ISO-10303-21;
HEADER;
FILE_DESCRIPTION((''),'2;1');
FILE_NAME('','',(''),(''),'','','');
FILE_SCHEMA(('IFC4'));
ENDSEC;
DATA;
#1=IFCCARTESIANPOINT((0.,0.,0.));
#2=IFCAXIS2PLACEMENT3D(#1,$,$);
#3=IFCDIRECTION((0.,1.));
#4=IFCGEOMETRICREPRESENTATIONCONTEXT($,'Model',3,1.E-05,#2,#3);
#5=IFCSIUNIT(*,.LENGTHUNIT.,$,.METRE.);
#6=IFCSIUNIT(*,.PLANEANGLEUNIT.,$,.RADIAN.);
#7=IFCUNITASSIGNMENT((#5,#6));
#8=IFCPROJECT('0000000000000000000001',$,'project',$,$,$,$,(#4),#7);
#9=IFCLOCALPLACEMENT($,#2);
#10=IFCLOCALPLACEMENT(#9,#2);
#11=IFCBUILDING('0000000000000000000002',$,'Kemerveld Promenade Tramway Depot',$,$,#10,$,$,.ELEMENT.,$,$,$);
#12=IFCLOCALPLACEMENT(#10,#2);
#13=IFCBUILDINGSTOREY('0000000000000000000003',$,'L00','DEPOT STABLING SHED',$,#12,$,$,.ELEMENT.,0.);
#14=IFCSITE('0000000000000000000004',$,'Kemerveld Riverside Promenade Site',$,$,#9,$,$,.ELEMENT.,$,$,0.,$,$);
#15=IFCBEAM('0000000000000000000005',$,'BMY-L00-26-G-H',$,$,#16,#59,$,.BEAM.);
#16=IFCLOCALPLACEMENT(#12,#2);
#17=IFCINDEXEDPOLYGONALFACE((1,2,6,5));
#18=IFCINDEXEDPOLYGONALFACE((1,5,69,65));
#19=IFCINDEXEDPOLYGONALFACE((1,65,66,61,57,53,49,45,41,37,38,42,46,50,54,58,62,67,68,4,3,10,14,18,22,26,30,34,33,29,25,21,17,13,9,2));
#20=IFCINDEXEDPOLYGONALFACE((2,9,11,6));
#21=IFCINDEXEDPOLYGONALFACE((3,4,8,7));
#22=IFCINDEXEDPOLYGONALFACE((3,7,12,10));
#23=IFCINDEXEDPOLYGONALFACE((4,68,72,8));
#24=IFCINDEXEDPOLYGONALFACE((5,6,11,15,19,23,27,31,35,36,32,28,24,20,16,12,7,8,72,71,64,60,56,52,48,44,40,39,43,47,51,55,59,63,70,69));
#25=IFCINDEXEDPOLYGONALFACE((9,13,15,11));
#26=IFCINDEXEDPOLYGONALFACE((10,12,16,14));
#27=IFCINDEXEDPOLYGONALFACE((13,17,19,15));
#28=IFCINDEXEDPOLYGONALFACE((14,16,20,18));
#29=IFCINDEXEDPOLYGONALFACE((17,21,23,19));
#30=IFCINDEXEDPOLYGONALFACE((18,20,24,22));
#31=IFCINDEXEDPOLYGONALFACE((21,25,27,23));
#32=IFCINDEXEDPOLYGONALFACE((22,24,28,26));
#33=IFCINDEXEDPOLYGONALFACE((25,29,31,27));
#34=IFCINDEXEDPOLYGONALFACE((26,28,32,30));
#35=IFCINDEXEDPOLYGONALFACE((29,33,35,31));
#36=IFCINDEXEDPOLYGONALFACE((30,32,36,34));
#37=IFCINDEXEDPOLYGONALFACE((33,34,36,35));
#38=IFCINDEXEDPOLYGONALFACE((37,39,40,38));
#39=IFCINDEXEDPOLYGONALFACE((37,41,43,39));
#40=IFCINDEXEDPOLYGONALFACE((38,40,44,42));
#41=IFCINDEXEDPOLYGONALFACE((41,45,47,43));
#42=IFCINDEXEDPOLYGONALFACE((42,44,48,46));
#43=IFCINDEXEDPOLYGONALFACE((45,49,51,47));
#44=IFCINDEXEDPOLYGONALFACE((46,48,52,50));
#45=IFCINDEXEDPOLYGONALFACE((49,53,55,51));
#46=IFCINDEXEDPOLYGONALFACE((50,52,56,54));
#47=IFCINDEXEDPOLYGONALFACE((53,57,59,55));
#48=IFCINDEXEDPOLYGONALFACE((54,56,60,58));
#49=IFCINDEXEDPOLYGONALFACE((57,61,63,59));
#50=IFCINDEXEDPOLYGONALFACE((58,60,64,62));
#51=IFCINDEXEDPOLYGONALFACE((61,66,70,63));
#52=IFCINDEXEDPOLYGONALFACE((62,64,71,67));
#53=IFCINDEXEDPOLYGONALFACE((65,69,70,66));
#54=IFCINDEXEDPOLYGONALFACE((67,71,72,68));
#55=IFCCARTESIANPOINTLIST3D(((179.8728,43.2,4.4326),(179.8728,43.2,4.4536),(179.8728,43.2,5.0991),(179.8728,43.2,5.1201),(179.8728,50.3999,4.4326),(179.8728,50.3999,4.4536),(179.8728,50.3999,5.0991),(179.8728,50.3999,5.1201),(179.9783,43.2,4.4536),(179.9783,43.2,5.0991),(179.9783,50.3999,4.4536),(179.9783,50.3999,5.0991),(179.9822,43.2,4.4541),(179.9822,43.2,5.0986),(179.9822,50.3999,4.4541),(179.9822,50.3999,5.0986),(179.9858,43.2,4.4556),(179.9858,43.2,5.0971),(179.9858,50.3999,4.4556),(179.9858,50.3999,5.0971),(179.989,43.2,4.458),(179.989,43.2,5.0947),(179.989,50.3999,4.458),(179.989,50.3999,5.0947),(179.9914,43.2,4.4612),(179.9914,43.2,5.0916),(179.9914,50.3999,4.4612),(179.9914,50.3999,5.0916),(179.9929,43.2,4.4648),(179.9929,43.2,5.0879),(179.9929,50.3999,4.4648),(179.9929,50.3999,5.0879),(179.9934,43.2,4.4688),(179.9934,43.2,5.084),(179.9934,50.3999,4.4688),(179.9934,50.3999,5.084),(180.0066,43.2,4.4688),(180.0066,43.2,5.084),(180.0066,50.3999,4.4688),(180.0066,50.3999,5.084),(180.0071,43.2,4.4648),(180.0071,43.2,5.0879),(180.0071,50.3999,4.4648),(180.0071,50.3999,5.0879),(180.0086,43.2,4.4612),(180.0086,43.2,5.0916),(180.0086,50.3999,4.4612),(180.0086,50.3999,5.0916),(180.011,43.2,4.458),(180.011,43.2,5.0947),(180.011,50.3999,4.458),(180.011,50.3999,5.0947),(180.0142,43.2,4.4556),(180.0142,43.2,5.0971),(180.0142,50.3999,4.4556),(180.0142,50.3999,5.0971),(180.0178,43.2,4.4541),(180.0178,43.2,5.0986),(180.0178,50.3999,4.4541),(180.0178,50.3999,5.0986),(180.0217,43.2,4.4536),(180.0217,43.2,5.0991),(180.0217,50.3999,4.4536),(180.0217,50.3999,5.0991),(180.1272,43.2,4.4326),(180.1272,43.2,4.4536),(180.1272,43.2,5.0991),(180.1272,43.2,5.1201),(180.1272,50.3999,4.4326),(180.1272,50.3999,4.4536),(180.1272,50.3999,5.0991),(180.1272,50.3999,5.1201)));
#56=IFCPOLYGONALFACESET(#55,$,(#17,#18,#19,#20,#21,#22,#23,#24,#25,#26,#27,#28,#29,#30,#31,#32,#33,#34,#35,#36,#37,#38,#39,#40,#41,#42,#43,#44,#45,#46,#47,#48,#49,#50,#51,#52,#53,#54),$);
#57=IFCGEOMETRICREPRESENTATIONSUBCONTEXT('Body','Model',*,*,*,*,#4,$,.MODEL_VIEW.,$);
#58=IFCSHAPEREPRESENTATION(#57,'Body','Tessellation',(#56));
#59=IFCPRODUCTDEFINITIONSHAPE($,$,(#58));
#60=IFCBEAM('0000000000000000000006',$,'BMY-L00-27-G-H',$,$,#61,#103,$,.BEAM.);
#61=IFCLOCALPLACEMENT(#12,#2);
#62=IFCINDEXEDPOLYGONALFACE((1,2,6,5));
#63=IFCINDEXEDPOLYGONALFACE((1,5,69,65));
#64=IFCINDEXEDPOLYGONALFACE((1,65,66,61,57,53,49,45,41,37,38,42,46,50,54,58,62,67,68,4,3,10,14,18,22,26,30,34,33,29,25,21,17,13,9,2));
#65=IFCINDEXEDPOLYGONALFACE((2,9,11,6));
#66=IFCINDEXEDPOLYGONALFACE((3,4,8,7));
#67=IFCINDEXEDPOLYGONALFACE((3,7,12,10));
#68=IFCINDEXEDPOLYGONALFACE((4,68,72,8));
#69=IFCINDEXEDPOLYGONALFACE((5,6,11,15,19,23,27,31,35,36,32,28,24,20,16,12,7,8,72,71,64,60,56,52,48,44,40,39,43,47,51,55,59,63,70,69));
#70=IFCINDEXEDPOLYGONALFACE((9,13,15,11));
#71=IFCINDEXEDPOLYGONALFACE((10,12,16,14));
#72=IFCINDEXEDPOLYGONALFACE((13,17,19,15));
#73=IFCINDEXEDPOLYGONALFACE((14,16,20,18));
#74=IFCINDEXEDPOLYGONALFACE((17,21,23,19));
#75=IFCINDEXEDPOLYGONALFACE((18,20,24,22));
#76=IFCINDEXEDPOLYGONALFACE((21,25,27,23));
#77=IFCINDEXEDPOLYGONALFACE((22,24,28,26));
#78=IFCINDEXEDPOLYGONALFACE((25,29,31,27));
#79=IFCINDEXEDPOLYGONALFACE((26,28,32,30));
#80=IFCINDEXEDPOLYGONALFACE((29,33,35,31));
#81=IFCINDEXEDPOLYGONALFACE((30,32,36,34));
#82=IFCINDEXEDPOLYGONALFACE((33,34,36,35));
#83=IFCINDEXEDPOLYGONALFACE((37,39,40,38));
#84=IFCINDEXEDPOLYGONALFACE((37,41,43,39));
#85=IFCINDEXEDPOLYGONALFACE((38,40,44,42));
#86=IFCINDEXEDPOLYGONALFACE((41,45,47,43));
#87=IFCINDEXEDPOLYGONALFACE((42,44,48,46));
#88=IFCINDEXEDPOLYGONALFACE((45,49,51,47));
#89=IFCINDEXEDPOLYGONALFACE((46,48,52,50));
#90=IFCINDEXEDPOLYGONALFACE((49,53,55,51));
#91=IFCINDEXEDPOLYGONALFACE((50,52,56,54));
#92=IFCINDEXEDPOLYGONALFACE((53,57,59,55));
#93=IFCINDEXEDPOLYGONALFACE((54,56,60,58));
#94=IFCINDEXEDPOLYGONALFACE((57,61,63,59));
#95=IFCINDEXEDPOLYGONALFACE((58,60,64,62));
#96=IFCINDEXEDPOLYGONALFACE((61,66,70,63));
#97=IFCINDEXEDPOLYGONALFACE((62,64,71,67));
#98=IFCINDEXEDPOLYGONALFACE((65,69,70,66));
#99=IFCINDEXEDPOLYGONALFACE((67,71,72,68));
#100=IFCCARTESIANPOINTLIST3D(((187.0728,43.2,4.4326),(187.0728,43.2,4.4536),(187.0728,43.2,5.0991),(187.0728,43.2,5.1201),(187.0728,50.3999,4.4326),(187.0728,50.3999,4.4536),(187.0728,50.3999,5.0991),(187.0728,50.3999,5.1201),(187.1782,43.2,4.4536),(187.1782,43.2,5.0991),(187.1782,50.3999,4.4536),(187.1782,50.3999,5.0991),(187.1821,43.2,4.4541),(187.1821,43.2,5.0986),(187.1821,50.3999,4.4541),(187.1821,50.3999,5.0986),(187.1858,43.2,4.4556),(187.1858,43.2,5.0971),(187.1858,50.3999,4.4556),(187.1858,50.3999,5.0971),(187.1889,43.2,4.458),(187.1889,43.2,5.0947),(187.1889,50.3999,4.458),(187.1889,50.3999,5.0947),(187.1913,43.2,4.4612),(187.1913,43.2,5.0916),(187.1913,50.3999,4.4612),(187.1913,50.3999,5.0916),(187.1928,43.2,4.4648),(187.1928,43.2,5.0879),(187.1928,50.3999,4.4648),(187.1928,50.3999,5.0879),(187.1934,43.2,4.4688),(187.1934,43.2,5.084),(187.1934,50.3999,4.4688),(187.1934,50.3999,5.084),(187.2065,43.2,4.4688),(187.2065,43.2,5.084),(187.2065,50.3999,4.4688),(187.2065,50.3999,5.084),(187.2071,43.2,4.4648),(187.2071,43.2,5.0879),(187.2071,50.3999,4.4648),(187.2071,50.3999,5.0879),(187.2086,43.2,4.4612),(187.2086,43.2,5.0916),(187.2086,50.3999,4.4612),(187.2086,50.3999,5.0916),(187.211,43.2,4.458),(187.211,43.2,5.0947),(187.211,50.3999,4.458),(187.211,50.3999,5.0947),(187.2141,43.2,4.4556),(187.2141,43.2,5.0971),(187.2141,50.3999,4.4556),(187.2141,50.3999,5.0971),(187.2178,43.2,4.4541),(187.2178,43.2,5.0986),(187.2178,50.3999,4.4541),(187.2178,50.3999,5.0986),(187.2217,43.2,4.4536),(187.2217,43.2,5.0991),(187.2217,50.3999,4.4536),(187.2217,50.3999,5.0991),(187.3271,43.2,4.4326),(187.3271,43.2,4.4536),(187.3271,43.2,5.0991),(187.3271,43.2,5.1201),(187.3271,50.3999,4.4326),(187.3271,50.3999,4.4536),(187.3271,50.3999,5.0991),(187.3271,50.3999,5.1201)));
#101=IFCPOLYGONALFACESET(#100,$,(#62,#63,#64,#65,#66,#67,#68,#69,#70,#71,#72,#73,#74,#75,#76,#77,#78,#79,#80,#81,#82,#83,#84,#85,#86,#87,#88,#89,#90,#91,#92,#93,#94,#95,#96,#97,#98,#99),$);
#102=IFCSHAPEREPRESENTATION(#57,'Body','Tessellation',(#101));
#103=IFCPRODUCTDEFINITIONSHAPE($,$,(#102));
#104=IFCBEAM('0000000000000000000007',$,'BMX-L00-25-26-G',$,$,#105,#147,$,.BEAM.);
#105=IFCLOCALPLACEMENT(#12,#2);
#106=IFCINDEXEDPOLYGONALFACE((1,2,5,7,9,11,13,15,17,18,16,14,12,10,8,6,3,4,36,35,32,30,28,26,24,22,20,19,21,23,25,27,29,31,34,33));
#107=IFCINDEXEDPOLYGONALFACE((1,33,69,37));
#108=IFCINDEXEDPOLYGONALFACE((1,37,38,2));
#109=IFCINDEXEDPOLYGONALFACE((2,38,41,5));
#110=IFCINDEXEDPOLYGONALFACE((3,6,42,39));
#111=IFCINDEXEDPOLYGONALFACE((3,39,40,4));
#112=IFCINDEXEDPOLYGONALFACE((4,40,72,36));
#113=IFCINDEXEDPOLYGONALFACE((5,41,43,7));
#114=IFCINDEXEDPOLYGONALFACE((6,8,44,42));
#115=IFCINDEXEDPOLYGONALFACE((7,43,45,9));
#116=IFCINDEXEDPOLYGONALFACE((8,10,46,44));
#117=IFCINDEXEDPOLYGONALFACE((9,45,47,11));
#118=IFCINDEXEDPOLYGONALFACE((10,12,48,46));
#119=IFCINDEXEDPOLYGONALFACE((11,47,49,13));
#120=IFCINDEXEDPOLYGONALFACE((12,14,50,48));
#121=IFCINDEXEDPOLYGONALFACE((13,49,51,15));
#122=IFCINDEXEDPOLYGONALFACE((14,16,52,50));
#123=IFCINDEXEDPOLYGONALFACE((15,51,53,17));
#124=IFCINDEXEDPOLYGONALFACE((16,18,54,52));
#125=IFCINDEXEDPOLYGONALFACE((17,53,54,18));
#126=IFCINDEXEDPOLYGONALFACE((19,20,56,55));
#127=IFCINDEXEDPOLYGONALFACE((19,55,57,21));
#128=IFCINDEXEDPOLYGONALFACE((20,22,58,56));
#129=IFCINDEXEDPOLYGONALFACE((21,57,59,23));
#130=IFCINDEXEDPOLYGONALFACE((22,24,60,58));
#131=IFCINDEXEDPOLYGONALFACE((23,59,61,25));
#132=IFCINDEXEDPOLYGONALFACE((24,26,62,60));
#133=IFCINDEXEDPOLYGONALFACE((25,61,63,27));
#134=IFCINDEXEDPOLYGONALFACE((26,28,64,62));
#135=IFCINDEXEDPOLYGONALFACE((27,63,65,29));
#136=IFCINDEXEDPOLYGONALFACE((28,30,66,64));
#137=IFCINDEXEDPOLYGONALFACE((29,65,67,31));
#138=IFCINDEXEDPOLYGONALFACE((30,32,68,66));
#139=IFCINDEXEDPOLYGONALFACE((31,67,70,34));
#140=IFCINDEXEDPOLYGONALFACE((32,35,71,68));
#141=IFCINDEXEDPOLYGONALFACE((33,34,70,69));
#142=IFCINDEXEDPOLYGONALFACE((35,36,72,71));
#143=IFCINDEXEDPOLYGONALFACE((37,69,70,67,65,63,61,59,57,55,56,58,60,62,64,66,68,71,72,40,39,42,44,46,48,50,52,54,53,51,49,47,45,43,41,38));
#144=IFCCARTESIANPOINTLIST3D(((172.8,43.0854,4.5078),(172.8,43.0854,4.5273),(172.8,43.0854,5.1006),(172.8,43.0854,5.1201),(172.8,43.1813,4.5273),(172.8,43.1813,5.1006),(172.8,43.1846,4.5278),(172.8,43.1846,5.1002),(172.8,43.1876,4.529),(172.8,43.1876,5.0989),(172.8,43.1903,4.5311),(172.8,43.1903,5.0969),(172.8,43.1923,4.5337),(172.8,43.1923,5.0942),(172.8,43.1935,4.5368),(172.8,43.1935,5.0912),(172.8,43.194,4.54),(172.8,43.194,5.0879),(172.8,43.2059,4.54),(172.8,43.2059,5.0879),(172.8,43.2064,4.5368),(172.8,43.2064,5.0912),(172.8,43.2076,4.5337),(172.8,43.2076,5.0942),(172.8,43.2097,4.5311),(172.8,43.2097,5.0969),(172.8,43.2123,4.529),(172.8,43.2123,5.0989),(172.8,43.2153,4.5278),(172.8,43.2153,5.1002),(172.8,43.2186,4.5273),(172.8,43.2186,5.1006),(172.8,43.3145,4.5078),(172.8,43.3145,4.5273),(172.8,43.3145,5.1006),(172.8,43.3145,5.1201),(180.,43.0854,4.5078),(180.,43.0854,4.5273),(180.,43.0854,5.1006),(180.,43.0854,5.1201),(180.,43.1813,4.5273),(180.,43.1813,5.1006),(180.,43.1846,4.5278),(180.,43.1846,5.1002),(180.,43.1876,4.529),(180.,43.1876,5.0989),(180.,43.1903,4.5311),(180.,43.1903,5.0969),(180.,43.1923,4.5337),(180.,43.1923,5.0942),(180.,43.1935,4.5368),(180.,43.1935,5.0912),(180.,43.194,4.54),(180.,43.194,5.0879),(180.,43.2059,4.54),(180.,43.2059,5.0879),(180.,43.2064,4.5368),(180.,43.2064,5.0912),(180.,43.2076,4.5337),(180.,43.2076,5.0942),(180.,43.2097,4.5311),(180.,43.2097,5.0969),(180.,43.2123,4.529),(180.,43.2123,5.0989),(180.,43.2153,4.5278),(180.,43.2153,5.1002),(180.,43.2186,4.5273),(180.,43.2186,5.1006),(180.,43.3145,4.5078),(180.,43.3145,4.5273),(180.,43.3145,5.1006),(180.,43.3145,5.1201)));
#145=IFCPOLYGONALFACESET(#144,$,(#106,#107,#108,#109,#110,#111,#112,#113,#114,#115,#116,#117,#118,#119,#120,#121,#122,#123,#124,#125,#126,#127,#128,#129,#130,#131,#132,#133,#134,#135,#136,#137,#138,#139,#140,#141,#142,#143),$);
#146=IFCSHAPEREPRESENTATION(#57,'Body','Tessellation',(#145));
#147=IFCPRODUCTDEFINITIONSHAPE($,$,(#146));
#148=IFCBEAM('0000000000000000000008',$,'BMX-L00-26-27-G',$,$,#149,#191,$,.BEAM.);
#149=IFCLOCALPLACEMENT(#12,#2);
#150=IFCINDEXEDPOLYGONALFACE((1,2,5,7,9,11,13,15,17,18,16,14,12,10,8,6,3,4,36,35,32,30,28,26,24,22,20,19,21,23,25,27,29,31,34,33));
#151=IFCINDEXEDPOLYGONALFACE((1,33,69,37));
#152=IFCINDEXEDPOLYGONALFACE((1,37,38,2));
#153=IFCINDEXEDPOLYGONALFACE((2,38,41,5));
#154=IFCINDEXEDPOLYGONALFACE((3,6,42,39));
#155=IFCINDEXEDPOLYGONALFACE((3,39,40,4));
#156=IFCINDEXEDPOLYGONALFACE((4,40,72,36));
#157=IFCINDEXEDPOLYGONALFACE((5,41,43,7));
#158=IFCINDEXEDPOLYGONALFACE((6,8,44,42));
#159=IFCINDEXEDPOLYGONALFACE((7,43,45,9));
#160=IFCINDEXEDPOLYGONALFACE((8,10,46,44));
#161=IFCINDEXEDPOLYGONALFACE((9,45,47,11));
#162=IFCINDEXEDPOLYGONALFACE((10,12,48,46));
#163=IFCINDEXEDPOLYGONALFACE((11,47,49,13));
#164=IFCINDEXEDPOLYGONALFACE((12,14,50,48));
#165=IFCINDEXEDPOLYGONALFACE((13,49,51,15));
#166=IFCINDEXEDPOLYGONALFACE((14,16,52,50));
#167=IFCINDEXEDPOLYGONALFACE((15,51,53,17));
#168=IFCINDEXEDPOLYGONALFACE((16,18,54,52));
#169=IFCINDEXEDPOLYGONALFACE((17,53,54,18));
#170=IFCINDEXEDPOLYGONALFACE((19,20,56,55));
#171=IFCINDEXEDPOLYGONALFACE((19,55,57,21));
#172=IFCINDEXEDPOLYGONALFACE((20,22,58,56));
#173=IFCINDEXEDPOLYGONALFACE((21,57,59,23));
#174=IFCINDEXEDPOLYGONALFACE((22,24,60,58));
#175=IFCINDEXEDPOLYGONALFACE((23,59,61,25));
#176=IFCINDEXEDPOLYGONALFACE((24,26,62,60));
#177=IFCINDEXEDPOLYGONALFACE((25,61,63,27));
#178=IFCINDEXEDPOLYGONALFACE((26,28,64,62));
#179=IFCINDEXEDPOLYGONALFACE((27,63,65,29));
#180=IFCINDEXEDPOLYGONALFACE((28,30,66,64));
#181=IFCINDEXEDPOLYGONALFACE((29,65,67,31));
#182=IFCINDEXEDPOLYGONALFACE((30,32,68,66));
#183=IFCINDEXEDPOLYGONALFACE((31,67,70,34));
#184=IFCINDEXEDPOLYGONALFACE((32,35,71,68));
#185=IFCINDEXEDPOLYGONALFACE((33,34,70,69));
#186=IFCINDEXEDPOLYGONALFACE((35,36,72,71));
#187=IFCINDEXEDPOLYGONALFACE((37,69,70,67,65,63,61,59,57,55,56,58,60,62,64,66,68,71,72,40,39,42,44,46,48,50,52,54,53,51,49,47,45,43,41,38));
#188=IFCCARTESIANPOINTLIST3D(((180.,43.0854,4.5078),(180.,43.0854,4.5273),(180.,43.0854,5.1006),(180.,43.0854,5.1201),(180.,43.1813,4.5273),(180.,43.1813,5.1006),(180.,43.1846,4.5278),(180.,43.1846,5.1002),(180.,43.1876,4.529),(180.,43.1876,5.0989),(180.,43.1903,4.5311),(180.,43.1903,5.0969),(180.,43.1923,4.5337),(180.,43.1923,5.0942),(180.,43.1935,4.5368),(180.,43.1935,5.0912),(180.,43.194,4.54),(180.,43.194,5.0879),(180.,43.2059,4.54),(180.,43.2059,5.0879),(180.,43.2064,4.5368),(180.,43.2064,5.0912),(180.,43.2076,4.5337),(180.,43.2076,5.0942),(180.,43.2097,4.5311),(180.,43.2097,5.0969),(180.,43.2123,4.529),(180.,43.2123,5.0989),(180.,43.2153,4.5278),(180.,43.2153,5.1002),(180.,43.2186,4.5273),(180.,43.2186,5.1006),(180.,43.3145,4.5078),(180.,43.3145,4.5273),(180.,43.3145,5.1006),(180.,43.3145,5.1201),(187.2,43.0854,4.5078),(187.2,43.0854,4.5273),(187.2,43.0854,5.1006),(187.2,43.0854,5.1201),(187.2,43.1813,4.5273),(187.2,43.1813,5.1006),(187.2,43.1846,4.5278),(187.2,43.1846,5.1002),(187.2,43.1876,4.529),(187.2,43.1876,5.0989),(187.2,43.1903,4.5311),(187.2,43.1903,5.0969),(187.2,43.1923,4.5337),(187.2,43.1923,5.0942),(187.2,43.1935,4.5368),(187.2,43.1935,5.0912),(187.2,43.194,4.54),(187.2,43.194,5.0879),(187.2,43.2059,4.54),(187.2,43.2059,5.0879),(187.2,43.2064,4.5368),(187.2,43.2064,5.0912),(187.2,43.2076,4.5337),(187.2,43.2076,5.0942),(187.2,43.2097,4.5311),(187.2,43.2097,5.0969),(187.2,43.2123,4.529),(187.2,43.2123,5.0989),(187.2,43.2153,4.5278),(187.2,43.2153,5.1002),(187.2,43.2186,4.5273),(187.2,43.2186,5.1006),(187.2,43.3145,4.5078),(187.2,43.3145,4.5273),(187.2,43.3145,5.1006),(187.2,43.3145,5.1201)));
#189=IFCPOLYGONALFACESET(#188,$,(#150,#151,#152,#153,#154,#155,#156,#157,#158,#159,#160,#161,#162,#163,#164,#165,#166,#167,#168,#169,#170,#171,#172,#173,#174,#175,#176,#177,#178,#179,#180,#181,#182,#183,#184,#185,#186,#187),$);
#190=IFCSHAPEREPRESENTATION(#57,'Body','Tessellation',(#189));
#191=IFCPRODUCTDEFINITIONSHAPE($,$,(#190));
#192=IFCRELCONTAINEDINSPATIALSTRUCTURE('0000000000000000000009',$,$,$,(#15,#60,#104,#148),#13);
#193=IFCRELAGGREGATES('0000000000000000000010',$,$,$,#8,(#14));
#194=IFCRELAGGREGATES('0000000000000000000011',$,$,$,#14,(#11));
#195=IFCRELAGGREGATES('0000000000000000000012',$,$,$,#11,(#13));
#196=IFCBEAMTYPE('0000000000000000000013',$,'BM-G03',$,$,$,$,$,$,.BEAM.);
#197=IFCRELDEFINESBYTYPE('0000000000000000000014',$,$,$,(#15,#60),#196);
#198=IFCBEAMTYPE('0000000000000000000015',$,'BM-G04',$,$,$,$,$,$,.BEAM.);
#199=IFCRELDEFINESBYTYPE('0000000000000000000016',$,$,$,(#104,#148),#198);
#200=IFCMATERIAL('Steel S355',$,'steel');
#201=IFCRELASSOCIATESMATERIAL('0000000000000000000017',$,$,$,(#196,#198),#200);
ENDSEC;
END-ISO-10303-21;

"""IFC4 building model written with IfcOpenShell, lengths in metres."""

from ifc_helpers import new_model, si_unit, direction, frame, origin, origin_2d, place, context, subcontext, project, spatial, i_section, extrude, material, material_profile, profile_set, type_object, element, save


model = new_model("IFC4")

# Units and contexts
model_context = context("Model", 3, precision=1e-05, world=origin(), true_north=direction((0.0, 1.0)))
body_context = subcontext(model_context, "Body", "Model", "MODEL_VIEW")
ifc_project = project(units=[si_unit("LENGTHUNIT", "METRE"), si_unit("PLANEANGLEUNIT", "RADIAN")], contexts=[model_context])

# Site, building, storey
site_placement = place(None, origin())
site = spatial("IfcSite", under=ifc_project, at=site_placement, Name="Kemerveld Riverside Promenade Site", CompositionType="ELEMENT", RefElevation=0.0)
building_placement = place(site_placement, origin())
building = spatial("IfcBuilding", under=site, at=building_placement, Name="Kemerveld Promenade Tramway Depot", CompositionType="ELEMENT")
storey_placement = place(building_placement, origin())
storey = spatial("IfcBuildingStorey", under=building, at=storey_placement, Name="L00", Description="DEPOT STABLING SHED", CompositionType="ELEMENT", Elevation=0.0)

# Shared definitions
ifc_material_1 = material(Name="Steel S355", Category="steel")

# Beams
ifc_material_profile_1 = material_profile(ifc_material_1, i_section(OverallWidth=0.2544, OverallDepth=0.6875, WebThickness=0.0132, FlangeThickness=0.021, FilletRadius=0.0151, at=origin_2d()), Name="686x254x152 UB")
ifc_profile_set_1 = profile_set([ifc_material_profile_1], Name="Steel S355")
beam_type_1 = type_object("IfcBeamType", Name="BM-G03", PredefinedType="BEAM", material=ifc_profile_set_1)
for number, where, z_axis, x_axis, name in (
    (1, (180.0, 43.2, 4.7764), (0.0, 1.0, 0.0), (-1.0, 0.0, 0.0), "BMY-L00-26-G-H"),
    (2, (187.2, 43.2, 4.7764), (0.0, 1.0, 0.0), (-1.0, 0.0, 0.0), "BMY-L00-27-G-H"),
):
    element("IfcBeam", number, at=place(storey_placement, frame(where, z_axis=z_axis, x_axis=x_axis)), inside=storey, type_object=beam_type_1, Name=name, PredefinedType="BEAM", context=body_context, shape_type="SweptSolid", body=[
        extrude(i_section(OverallWidth=0.2544, OverallDepth=0.6875, WebThickness=0.0132, FlangeThickness=0.021, FilletRadius=0.0151, at=origin_2d()), origin(), (0.0, 0.0, 1.0), 7.2),
    ])
ifc_material_profile_2 = material_profile(ifc_material_1, i_section(OverallWidth=0.229, OverallDepth=0.6123, WebThickness=0.012, FlangeThickness=0.0195, FilletRadius=0.0127, at=origin_2d()), Name="610x229x125 UB")
ifc_profile_set_2 = profile_set([ifc_material_profile_2], Name="Steel S355")
beam_type_2 = type_object("IfcBeamType", Name="BM-G04", PredefinedType="BEAM", material=ifc_profile_set_2)
for number, where, z_axis, x_axis, name in (
    (3, (172.8, 43.2, 4.814), (1.0, 0.0, 0.0), (0.0, 1.0, 0.0), "BMX-L00-25-26-G"),
    (4, (180.0, 43.2, 4.814), (1.0, 0.0, 0.0), (0.0, 1.0, 0.0), "BMX-L00-26-27-G"),
):
    element("IfcBeam", number, at=place(storey_placement, frame(where, z_axis=z_axis, x_axis=x_axis)), inside=storey, type_object=beam_type_2, Name=name, PredefinedType="BEAM", context=body_context, shape_type="SweptSolid", body=[
        extrude(i_section(OverallWidth=0.229, OverallDepth=0.6123, WebThickness=0.012, FlangeThickness=0.0195, FilletRadius=0.0127, at=origin_2d()), origin(), (0.0, 0.0, 1.0), 7.2),
    ])

save(model, "model.ifc")
